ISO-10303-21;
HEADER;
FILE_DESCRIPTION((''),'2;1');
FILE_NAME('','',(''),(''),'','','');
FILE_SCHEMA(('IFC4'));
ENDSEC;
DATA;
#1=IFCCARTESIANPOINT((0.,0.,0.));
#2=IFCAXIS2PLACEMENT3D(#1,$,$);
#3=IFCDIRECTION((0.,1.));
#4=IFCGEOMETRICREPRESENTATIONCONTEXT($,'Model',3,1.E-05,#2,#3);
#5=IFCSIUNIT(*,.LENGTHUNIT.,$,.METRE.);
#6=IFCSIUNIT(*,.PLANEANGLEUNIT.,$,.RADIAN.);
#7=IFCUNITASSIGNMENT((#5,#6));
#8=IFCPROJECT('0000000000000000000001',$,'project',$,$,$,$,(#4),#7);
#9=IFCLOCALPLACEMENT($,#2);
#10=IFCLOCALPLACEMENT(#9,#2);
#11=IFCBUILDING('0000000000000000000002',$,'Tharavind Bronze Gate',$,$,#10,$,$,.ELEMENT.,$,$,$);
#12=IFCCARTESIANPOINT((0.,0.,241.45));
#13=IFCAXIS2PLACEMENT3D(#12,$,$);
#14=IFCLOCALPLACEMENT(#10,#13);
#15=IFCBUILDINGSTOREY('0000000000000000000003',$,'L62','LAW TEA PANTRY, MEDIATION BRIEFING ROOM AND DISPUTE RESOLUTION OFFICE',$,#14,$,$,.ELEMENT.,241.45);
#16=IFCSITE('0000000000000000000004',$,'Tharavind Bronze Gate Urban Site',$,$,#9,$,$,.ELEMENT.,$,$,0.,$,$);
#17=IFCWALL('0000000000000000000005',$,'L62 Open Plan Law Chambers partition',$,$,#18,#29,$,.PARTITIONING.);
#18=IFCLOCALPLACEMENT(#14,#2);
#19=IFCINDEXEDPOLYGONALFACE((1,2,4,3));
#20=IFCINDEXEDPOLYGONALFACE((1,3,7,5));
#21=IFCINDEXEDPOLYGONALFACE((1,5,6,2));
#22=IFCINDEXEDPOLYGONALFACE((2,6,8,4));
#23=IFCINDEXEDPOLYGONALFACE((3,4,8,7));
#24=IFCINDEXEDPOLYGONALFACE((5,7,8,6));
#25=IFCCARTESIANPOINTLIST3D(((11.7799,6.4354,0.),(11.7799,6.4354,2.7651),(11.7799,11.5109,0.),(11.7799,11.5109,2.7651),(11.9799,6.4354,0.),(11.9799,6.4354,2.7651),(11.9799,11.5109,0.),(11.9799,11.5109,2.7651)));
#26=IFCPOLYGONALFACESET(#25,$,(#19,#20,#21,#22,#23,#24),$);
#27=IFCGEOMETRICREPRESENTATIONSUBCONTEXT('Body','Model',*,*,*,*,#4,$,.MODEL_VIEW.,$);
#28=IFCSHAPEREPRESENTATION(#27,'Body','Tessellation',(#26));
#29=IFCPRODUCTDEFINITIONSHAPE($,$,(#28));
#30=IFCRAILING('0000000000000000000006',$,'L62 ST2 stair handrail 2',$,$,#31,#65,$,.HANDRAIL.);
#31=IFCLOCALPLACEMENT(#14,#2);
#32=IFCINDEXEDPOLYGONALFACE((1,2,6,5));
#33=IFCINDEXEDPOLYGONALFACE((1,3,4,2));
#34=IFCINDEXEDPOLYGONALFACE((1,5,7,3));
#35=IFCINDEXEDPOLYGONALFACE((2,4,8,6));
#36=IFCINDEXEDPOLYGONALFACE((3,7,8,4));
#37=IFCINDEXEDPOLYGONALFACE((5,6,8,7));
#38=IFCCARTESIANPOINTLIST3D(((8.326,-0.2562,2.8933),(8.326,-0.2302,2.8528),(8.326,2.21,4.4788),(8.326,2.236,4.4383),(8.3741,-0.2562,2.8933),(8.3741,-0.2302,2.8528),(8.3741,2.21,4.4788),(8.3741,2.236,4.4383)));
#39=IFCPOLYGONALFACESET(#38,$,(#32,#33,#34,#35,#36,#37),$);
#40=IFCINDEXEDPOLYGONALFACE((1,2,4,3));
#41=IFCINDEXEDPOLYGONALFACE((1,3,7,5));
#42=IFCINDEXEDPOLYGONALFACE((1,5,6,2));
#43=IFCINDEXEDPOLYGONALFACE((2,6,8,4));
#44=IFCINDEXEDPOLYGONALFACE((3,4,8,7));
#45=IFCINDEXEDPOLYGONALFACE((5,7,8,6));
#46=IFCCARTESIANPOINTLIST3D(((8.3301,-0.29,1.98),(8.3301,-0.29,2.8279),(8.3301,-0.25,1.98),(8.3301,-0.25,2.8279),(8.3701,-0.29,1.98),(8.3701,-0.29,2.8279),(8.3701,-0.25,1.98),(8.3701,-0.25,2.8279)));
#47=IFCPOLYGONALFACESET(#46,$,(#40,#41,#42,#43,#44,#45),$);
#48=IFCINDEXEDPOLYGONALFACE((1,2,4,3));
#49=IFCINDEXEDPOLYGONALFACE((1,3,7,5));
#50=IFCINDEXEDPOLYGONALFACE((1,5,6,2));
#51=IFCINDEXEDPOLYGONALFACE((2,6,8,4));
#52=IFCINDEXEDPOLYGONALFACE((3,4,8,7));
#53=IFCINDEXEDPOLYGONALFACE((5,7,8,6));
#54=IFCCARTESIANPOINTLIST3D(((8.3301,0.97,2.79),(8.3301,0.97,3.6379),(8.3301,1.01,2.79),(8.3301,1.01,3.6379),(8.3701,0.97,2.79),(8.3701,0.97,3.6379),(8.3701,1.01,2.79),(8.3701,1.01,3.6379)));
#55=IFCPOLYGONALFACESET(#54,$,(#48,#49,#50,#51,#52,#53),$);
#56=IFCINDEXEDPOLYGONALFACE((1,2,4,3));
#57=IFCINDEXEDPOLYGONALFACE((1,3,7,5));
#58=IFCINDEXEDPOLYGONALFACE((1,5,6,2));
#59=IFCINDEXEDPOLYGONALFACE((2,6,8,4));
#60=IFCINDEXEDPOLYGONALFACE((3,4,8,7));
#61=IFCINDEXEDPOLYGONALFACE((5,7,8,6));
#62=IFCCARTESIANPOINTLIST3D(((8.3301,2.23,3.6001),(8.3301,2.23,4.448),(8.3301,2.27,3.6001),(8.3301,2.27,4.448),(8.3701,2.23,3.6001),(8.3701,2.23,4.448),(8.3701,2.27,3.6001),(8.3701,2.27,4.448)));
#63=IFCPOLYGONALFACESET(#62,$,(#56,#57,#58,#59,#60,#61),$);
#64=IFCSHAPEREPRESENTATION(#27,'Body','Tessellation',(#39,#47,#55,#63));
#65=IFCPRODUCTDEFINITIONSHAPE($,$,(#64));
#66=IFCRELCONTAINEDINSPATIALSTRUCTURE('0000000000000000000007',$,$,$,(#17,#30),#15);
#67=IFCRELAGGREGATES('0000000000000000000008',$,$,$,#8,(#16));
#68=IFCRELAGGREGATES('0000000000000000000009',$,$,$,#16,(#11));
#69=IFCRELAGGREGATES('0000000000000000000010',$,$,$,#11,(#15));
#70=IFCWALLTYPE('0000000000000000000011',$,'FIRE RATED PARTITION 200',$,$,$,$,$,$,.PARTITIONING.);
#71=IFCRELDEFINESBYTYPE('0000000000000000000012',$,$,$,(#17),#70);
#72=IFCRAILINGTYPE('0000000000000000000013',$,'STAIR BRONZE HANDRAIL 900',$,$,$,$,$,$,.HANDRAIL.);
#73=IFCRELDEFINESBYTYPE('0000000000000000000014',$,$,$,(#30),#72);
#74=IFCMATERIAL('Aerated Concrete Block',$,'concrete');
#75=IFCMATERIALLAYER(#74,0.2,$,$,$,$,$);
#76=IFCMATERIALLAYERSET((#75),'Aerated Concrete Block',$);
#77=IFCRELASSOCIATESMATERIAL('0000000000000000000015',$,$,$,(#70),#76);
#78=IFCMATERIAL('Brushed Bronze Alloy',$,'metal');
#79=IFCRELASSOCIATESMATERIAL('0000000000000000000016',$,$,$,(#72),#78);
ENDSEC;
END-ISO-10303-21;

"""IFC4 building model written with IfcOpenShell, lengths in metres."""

from ifc_helpers import new_model, si_unit, direction, frame, frame_2d, origin, origin_2d, place, context, subcontext, project, spatial, rectangle, extrude, material, layer, layer_set, type_object, element, save


model = new_model("IFC4")

# Units and contexts
model_context = context("Model", 3, precision=1e-05, world=origin(), true_north=direction((0.0, 1.0)))
body_context = subcontext(model_context, "Body", "Model", "MODEL_VIEW")
ifc_project = project(units=[si_unit("LENGTHUNIT", "METRE"), si_unit("PLANEANGLEUNIT", "RADIAN")], contexts=[model_context])

# Site, building, storey
site_placement = place(None, origin())
site = spatial("IfcSite", under=ifc_project, at=site_placement, Name="Tharavind Bronze Gate Urban Site", CompositionType="ELEMENT", RefElevation=0.0)
building_placement = place(site_placement, origin())
building = spatial("IfcBuilding", under=site, at=building_placement, Name="Tharavind Bronze Gate", CompositionType="ELEMENT")
storey_placement = place(building_placement, frame((0.0, 0.0, 241.45)))
storey = spatial("IfcBuildingStorey", under=building, at=storey_placement, Name="L62", Description="LAW TEA PANTRY, MEDIATION BRIEFING ROOM AND DISPUTE RESOLUTION OFFICE", CompositionType="ELEMENT", Elevation=241.45)

# Shared definitions
ifc_material_1 = material(Name="Aerated Concrete Block", Category="concrete")
ifc_layer_1 = layer(ifc_material_1, 0.2)
ifc_layer_set_1 = layer_set([ifc_layer_1], Name="Aerated Concrete Block")
wall_type = type_object("IfcWallType", Name="FIRE RATED PARTITION 200", PredefinedType="PARTITIONING", material=ifc_layer_set_1)

# Wall
wall_1_placement = place(storey_placement, frame((11.8799, 6.4355, 0.0), z_axis=(0.0, 0.0, 1.0), x_axis=(0.0, 1.0, 0.0)))
element("IfcWall", 1, at=wall_1_placement, inside=storey, type_object=wall_type, Name="L62 Open Plan Law Chambers partition", PredefinedType="PARTITIONING", context=body_context, shape_type="SweptSolid", body=[
    extrude(rectangle(XDim=5.0754, YDim=0.2, at=frame_2d((2.5376, 0.0))), origin(), (0.0, 0.0, 1.0), 2.7651),
])

# Railing
ifc_material_2 = material(Name="Brushed Bronze Alloy", Category="metal")
railing_type = type_object("IfcRailingType", Name="STAIR BRONZE HANDRAIL 900", PredefinedType="HANDRAIL", material=ifc_material_2)
railing_placement = place(storey_placement, frame((8.3501, -0.27, 1.98)))
element("IfcRailing", 2, at=railing_placement, inside=storey, type_object=railing_type, Name="L62 ST2 stair handrail 2", PredefinedType="HANDRAIL", context=body_context, shape_type="SweptSolid", body=[
    extrude(rectangle(XDim=0.0481, YDim=0.0481, at=origin_2d()), frame((0.0, 0.0269, 0.8931), z_axis=(0.0, 0.841163, 0.540782), x_axis=(-1.0, 0.0, 0.0)), (0.0, 0.0, 1.0), 2.9319),
    extrude(rectangle(XDim=0.04, YDim=0.04, at=origin_2d()), origin(), (0.0, 0.0, 1.0), 0.8479),
    extrude(rectangle(XDim=0.04, YDim=0.04, at=origin_2d()), frame((0.0, 1.26, 0.8101)), (0.0, 0.0, 1.0), 0.8479),
    extrude(rectangle(XDim=0.04, YDim=0.04, at=origin_2d()), frame((0.0, 2.52, 1.6201)), (0.0, 0.0, 1.0), 0.8479),
])

save(model, "model.ifc")
